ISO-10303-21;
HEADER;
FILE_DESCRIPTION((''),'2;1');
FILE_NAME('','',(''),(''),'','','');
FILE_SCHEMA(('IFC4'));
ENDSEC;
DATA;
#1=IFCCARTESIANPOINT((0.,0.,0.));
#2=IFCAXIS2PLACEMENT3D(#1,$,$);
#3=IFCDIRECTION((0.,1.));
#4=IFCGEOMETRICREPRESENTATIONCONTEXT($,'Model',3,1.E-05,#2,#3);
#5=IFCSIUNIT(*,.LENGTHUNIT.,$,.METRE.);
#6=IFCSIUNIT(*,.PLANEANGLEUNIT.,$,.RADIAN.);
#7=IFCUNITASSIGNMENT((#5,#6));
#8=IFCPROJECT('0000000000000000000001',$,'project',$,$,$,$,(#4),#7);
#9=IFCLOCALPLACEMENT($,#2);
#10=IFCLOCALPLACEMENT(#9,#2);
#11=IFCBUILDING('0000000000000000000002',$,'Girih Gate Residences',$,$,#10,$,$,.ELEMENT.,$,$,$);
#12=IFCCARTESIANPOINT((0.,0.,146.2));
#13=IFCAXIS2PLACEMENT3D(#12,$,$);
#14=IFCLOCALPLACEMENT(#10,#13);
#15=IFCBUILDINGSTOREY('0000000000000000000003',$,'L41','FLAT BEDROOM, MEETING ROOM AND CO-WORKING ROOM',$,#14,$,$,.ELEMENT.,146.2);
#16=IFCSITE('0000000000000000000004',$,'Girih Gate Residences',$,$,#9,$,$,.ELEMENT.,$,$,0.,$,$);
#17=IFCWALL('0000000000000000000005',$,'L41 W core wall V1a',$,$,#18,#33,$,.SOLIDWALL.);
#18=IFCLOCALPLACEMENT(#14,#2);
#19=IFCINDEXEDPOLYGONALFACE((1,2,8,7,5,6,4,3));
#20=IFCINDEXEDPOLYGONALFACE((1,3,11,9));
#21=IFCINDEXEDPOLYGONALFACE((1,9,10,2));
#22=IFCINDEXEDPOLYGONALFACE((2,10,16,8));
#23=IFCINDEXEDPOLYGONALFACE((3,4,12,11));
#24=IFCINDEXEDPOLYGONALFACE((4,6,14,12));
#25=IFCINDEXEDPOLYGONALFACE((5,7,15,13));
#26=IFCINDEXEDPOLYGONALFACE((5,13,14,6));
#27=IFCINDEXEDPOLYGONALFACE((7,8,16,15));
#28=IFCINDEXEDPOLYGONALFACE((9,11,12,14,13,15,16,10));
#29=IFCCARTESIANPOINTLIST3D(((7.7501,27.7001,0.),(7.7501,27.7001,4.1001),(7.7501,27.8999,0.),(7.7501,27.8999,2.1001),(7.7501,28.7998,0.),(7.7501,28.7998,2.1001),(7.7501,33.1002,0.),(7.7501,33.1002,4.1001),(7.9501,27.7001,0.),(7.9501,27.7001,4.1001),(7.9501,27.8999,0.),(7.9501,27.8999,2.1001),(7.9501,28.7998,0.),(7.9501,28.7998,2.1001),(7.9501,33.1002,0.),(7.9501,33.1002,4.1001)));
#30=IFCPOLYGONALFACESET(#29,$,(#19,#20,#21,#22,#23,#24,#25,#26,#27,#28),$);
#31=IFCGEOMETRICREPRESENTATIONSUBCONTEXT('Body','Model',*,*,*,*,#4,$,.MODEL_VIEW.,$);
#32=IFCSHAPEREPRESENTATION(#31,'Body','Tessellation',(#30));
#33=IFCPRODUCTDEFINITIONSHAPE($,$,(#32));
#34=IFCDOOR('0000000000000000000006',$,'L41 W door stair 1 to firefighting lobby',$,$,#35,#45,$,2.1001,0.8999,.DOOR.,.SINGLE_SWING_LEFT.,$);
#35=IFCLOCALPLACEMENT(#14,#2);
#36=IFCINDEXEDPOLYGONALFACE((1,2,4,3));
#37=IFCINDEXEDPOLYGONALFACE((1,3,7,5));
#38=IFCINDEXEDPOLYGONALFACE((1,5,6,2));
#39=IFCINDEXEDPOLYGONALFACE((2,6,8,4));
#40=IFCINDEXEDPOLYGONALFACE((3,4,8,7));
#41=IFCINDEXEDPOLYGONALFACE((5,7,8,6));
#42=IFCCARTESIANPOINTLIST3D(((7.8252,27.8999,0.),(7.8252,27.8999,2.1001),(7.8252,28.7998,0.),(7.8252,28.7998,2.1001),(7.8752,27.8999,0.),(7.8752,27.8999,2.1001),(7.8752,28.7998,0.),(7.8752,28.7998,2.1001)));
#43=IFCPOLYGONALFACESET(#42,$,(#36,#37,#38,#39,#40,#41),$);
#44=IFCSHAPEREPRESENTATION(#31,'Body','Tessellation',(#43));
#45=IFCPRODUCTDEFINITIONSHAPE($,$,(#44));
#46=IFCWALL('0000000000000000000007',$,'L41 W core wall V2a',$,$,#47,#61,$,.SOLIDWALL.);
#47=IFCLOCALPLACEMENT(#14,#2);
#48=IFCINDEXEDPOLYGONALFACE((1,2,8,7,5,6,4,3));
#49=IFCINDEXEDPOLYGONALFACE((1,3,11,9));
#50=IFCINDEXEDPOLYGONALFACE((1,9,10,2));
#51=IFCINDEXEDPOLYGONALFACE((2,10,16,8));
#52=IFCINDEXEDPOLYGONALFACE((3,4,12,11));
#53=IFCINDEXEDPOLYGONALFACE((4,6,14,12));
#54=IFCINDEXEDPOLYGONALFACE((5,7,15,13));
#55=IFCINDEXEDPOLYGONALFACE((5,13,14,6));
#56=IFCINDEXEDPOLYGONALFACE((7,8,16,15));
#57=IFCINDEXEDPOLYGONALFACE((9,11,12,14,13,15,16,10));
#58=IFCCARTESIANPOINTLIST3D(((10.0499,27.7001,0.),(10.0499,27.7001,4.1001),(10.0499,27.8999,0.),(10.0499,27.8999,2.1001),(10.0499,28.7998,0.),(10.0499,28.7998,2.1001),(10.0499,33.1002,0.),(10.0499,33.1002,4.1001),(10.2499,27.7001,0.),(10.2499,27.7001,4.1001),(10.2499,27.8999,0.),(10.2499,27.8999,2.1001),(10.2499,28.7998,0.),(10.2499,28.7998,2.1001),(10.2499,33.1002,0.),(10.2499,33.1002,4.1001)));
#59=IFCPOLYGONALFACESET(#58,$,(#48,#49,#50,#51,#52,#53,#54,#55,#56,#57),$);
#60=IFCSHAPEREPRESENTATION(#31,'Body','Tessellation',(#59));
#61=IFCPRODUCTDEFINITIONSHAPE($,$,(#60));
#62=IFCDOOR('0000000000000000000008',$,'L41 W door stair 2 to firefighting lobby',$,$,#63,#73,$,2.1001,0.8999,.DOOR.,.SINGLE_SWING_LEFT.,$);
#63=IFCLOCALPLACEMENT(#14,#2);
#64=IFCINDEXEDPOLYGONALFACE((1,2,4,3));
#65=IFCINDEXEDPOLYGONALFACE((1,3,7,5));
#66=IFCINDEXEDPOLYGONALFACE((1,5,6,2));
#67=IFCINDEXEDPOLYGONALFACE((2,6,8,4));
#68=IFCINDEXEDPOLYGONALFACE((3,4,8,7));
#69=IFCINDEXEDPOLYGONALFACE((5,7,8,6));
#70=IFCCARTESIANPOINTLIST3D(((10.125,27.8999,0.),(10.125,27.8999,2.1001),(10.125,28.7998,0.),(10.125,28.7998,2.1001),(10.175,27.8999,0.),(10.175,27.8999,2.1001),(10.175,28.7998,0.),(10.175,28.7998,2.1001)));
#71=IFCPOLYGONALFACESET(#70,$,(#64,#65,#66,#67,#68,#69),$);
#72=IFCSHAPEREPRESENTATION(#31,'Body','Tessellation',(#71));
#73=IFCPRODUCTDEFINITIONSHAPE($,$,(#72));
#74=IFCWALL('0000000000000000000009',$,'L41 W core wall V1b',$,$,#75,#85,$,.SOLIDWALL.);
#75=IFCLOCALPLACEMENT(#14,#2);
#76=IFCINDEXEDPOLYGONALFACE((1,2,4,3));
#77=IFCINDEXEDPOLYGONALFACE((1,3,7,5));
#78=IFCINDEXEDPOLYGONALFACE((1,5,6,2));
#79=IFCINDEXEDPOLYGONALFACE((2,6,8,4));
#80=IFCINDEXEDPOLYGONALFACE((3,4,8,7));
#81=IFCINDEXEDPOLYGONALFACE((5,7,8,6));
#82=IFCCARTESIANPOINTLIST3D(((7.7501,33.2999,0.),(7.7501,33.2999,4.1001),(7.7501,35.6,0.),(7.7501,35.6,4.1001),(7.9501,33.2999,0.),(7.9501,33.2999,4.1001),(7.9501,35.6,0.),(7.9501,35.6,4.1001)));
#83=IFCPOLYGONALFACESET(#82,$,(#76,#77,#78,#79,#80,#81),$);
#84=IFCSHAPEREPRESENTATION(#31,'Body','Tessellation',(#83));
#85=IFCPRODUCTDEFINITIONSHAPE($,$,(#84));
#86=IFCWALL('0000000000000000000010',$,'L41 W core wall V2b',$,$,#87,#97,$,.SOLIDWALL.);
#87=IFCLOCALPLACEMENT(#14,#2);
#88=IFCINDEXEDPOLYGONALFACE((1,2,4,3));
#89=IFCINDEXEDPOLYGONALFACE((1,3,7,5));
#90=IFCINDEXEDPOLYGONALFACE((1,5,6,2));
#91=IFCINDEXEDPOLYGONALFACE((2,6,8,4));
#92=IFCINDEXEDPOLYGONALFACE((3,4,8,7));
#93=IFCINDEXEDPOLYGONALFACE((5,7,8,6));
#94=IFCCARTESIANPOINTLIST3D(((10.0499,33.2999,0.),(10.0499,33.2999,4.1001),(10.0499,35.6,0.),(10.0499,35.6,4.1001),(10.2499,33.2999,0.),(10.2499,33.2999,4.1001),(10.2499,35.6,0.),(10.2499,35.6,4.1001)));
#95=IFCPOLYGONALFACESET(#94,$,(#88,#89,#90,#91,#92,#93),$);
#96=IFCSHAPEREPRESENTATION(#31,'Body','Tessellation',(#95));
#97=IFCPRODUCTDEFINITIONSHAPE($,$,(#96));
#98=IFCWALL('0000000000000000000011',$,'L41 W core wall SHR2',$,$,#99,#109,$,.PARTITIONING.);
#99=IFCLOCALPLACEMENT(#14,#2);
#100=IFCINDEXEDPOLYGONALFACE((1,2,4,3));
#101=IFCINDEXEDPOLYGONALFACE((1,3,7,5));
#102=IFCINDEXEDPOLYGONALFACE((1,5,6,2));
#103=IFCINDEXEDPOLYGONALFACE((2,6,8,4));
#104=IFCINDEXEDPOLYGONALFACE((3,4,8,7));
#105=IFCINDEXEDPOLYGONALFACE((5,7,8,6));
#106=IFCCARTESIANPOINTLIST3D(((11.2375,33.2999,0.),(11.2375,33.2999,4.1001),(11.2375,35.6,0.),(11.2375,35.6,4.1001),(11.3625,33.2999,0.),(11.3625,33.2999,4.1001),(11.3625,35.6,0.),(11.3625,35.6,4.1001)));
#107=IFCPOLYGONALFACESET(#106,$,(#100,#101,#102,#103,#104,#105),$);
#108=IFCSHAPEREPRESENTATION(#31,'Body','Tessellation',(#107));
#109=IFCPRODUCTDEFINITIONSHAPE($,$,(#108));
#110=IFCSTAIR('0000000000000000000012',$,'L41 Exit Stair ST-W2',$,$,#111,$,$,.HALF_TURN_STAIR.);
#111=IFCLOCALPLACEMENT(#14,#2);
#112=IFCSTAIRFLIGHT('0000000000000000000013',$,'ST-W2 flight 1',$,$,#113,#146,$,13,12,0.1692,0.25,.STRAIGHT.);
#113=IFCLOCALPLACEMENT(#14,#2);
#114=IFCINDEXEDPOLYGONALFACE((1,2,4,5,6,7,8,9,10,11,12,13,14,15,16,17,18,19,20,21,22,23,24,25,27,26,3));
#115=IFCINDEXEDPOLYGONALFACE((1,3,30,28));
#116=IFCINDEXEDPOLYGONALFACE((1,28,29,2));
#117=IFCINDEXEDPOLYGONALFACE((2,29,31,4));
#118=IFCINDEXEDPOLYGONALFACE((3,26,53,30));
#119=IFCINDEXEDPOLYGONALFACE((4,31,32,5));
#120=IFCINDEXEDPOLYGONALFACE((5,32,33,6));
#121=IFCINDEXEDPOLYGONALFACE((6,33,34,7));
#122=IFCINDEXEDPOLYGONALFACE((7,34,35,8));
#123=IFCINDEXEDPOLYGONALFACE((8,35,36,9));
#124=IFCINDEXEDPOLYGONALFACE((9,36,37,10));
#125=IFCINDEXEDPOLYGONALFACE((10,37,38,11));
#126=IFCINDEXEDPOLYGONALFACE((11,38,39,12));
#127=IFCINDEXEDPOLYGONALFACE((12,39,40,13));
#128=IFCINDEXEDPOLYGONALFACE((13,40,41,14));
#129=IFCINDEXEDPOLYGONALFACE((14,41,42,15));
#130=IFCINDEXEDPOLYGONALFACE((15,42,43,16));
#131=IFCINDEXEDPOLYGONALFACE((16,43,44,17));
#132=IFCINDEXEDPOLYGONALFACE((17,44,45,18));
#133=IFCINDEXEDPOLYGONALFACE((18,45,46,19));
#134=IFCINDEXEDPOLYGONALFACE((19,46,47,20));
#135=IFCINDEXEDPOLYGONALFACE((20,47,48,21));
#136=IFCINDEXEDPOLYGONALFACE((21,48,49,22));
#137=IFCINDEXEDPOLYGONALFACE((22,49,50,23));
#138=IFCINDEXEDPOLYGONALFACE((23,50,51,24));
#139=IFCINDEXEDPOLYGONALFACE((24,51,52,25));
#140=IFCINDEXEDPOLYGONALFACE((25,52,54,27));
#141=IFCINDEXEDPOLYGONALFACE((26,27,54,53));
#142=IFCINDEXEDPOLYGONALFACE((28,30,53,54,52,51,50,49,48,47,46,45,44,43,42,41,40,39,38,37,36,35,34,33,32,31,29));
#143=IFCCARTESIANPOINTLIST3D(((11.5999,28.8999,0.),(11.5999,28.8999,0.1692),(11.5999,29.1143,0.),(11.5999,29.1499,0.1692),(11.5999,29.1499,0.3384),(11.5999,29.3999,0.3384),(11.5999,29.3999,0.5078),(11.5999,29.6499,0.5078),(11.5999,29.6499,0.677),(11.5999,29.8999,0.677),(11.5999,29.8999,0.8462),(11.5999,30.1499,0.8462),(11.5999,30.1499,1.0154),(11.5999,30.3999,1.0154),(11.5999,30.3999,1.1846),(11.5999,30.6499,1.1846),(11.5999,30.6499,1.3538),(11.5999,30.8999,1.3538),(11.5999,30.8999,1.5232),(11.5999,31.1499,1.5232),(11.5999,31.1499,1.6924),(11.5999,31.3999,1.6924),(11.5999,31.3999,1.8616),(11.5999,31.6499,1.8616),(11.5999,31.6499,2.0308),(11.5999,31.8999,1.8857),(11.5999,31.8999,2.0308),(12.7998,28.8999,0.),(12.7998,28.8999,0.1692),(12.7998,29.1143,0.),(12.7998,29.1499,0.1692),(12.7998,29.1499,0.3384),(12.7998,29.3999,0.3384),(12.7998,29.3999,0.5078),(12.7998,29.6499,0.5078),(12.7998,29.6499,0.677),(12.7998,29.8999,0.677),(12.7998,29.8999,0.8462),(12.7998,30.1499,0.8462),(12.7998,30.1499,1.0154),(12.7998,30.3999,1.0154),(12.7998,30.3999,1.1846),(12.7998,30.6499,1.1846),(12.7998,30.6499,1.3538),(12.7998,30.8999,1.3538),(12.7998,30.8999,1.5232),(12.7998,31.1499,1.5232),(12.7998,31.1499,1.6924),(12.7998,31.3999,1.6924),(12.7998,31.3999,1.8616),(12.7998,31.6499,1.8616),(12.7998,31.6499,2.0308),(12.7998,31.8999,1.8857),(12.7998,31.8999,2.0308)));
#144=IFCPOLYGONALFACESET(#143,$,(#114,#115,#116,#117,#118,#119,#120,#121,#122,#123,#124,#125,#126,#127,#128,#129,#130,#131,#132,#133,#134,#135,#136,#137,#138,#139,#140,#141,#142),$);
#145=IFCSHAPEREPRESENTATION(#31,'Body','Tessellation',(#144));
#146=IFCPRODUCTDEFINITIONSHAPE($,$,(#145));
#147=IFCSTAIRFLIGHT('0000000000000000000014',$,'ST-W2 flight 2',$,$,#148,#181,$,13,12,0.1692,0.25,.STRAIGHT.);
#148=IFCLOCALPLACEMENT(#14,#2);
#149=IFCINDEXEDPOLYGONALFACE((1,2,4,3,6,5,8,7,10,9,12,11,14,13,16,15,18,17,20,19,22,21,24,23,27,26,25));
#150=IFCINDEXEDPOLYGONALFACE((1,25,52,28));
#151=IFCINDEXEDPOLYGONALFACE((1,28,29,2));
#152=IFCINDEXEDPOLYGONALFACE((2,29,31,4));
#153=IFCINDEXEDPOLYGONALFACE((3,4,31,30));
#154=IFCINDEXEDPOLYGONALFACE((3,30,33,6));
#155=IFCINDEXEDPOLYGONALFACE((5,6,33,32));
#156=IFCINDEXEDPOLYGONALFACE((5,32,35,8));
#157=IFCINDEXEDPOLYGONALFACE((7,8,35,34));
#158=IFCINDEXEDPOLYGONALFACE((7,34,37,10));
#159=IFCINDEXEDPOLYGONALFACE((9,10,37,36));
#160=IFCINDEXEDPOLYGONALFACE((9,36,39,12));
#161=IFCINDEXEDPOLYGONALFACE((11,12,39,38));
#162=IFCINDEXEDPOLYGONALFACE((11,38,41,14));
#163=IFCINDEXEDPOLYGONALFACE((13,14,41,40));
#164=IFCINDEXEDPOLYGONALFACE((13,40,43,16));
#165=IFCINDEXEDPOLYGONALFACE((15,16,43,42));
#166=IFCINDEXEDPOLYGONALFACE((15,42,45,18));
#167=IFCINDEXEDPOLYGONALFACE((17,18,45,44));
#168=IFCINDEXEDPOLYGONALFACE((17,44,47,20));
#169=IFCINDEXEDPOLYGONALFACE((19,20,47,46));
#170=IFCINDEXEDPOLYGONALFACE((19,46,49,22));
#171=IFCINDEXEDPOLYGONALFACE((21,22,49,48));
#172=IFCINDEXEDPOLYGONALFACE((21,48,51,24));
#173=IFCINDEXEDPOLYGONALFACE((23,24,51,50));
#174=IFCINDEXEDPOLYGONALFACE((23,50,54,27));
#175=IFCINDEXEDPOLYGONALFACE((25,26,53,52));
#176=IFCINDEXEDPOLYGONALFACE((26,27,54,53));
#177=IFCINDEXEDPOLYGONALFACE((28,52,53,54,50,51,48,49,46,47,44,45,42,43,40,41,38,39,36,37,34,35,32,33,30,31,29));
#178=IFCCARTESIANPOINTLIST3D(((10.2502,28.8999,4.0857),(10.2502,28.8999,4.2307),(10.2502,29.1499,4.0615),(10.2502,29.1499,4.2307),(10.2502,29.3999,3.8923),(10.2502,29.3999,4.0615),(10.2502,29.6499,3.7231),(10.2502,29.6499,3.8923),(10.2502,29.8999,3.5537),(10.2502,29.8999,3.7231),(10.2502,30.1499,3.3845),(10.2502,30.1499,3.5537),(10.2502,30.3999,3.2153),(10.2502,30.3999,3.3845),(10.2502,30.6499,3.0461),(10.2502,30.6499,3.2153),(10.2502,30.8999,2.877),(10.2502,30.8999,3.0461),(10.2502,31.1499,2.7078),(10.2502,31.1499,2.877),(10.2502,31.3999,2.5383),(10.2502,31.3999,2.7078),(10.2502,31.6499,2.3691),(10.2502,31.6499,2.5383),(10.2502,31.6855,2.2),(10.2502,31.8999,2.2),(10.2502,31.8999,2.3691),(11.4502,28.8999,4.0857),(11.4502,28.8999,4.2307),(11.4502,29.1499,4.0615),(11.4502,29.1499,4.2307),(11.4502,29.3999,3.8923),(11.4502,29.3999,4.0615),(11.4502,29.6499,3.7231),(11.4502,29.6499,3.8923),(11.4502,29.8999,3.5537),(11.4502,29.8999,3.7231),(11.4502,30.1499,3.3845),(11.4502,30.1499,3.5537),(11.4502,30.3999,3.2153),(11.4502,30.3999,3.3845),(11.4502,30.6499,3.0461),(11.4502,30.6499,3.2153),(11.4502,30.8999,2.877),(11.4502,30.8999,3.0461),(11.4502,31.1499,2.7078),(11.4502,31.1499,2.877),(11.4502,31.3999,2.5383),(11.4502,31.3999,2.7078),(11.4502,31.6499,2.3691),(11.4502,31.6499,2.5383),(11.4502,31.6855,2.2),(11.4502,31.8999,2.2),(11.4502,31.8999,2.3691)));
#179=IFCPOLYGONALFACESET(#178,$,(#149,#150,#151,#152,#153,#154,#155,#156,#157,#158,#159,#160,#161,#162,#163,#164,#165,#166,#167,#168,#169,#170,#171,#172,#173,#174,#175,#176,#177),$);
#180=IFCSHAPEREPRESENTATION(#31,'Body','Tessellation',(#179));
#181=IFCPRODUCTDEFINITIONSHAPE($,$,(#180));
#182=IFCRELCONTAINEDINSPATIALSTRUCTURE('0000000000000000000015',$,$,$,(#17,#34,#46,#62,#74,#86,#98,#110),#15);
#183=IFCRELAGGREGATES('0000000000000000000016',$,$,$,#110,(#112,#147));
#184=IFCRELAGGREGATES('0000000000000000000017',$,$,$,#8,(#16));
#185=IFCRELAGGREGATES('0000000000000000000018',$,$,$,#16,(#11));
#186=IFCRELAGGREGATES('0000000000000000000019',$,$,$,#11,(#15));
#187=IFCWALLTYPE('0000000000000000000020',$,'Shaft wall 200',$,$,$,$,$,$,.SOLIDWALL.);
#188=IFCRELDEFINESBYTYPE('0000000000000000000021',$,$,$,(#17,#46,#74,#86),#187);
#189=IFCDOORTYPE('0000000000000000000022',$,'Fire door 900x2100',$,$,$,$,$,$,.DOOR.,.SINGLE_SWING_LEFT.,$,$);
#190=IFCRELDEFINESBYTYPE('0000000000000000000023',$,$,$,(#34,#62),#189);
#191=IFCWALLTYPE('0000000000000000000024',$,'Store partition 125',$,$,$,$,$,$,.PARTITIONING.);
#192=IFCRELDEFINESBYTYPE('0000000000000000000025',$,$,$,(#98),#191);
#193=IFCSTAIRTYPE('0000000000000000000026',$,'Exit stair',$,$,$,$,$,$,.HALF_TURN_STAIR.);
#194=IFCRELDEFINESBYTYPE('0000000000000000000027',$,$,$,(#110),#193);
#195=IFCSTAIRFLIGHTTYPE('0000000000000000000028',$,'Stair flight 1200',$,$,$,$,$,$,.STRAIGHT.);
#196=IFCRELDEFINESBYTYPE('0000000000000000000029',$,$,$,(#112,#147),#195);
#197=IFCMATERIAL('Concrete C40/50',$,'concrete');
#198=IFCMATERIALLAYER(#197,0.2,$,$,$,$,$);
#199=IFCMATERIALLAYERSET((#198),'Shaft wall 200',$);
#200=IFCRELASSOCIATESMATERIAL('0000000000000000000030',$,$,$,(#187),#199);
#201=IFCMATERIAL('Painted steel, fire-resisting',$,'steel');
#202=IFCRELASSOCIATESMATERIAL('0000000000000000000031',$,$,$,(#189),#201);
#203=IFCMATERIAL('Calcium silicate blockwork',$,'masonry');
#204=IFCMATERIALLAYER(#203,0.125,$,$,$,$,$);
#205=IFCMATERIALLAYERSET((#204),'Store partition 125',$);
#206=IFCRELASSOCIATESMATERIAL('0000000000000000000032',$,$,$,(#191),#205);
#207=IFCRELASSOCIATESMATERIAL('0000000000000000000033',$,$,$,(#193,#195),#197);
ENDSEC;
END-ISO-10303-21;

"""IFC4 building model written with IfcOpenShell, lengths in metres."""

from ifc_helpers import new_model, si_unit, direction, frame, frame_2d, origin, place, context, subcontext, project, spatial, polyline, rectangle, outline, extrude, material, layer, layer_set, type_object, element, fill, aggregate, save


model = new_model("IFC4")

# Units and contexts
model_context = context("Model", 3, precision=1e-05, world=origin(), true_north=direction((0.0, 1.0)))
body_context = subcontext(model_context, "Body", "Model", "MODEL_VIEW")
ifc_project = project(units=[si_unit("LENGTHUNIT", "METRE"), si_unit("PLANEANGLEUNIT", "RADIAN")], contexts=[model_context])

# Site, building, storey
site_placement = place(None, origin())
site = spatial("IfcSite", under=ifc_project, at=site_placement, Name="Girih Gate Residences", CompositionType="ELEMENT", RefElevation=0.0)
building_placement = place(site_placement, origin())
building = spatial("IfcBuilding", under=site, at=building_placement, Name="Girih Gate Residences", CompositionType="ELEMENT")
storey_placement = place(building_placement, frame((0.0, 0.0, 146.2)))
storey = spatial("IfcBuildingStorey", under=building, at=storey_placement, Name="L41", Description="FLAT BEDROOM, MEETING ROOM AND CO-WORKING ROOM", CompositionType="ELEMENT", Elevation=146.2)

# Shared definitions
ifc_material_1 = material(Name="Painted steel, fire-resisting", Category="steel")

# Walls, openings, doors
ifc_material_2 = material(Name="Concrete C40/50", Category="concrete")
ifc_layer_1 = layer(ifc_material_2, 0.2)
ifc_layer_set_1 = layer_set([ifc_layer_1], Name="Shaft wall 200")
wall_type_1 = type_object("IfcWallType", Name="Shaft wall 200", PredefinedType="SOLIDWALL", material=ifc_layer_set_1)
wall_1_placement = place(storey_placement, frame((7.8501, 27.7, 0.0), z_axis=(0.0, 0.0, 1.0), x_axis=(0.0, 1.0, 0.0)))
wall_1 = element("IfcWall", 1, at=wall_1_placement, inside=storey, type_object=wall_type_1, Name="L41 W core wall V1a", PredefinedType="SOLIDWALL", context=body_context, shape_type="SweptSolid", body=[
    extrude(rectangle(XDim=5.4001, YDim=0.2, at=frame_2d((2.7002, 0.0))), origin(), (0.0, 0.0, 1.0), 4.1001),
])
opening_1_placement = place(wall_1_placement, frame((0.2, 0.0, 0.0)))
opening_1 = element("IfcOpeningElement", 2, at=opening_1_placement, cuts=wall_1, PredefinedType="OPENING", context=body_context, shape_type="SweptSolid", body=[
    extrude(rectangle(XDim=0.8999, YDim=2.1001, at=frame_2d((0.45, 1.05))), frame((0.0, 0.1099, 0.0), z_axis=(0.0, -1.0, 0.0), x_axis=(1.0, 0.0, 0.0)), (0.0, 0.0, 1.0), 0.22),
])
door_type_1 = type_object("IfcDoorType", Name="Fire door 900x2100", OperationType="SINGLE_SWING_LEFT", PredefinedType="DOOR", material=ifc_material_1)
door_1_placement = place(opening_1_placement, origin())
door_1 = element("IfcDoor", 3, at=door_1_placement, inside=storey, type_object=door_type_1, Name="L41 W door stair 1 to firefighting lobby", OperationType="SINGLE_SWING_LEFT", OverallHeight=2.1001, OverallWidth=0.8999, PredefinedType="DOOR", context=body_context, shape_type="SweptSolid", body=[
    extrude(rectangle(XDim=0.8999, YDim=2.1001, at=frame_2d((0.45, 1.05))), frame((0.0, 0.0249, 0.0), z_axis=(0.0, -1.0, 0.0), x_axis=(1.0, 0.0, 0.0)), (0.0, 0.0, 1.0), 0.05),
])
fill(opening_1, door_1)
wall_2_placement = place(storey_placement, frame((10.1499, 27.7, 0.0), z_axis=(0.0, 0.0, 1.0), x_axis=(0.0, 1.0, 0.0)))
wall_2 = element("IfcWall", 4, at=wall_2_placement, inside=storey, type_object=wall_type_1, Name="L41 W core wall V2a", PredefinedType="SOLIDWALL", context=body_context, shape_type="SweptSolid", body=[
    extrude(rectangle(XDim=5.4001, YDim=0.2, at=frame_2d((2.7002, 0.0))), origin(), (0.0, 0.0, 1.0), 4.1001),
])
opening_2_placement = place(wall_2_placement, frame((0.2, 0.0, 0.0)))
opening_2 = element("IfcOpeningElement", 5, at=opening_2_placement, cuts=wall_2, PredefinedType="OPENING", context=body_context, shape_type="SweptSolid", body=[
    extrude(rectangle(XDim=0.8999, YDim=2.1001, at=frame_2d((0.45, 1.05))), frame((0.0, 0.1099, 0.0), z_axis=(0.0, -1.0, 0.0), x_axis=(1.0, 0.0, 0.0)), (0.0, 0.0, 1.0), 0.22),
])
door_2_placement = place(opening_2_placement, origin())
door_2 = element("IfcDoor", 6, at=door_2_placement, inside=storey, type_object=door_type_1, Name="L41 W door stair 2 to firefighting lobby", OperationType="SINGLE_SWING_LEFT", OverallHeight=2.1001, OverallWidth=0.8999, PredefinedType="DOOR", context=body_context, shape_type="SweptSolid", body=[
    extrude(rectangle(XDim=0.8999, YDim=2.1001, at=frame_2d((0.45, 1.05))), frame((0.0, 0.0249, 0.0), z_axis=(0.0, -1.0, 0.0), x_axis=(1.0, 0.0, 0.0)), (0.0, 0.0, 1.0), 0.05),
])
fill(opening_2, door_2)

# Walls
for number, where, z_axis, x_axis, name in (
    (7, (7.8501, 33.3, 0.0), (0.0, 0.0, 1.0), (0.0, 1.0, 0.0), "L41 W core wall V1b"),
    (8, (10.1499, 33.3, 0.0), (0.0, 0.0, 1.0), (0.0, 1.0, 0.0), "L41 W core wall V2b"),
):
    element("IfcWall", number, at=place(storey_placement, frame(where, z_axis=z_axis, x_axis=x_axis)), inside=storey, type_object=wall_type_1, Name=name, PredefinedType="SOLIDWALL", context=body_context, shape_type="SweptSolid", body=[
        extrude(rectangle(XDim=2.3, YDim=0.2, at=frame_2d((1.1499, 0.0))), origin(), (0.0, 0.0, 1.0), 4.1001),
    ])
ifc_material_3 = material(Name="Calcium silicate blockwork", Category="masonry")
ifc_layer_2 = layer(ifc_material_3, 0.125)
ifc_layer_set_2 = layer_set([ifc_layer_2], Name="Store partition 125")
wall_type_2 = type_object("IfcWallType", Name="Store partition 125", PredefinedType="PARTITIONING", material=ifc_layer_set_2)
wall_3_placement = place(storey_placement, frame((11.3, 33.3, 0.0), z_axis=(0.0, 0.0, 1.0), x_axis=(0.0, 1.0, 0.0)))
element("IfcWall", 9, at=wall_3_placement, inside=storey, type_object=wall_type_2, Name="L41 W core wall SHR2", PredefinedType="PARTITIONING", context=body_context, shape_type="SweptSolid", body=[
    extrude(rectangle(XDim=2.3, YDim=0.125, at=frame_2d((1.1499, 0.0))), origin(), (0.0, 0.0, 1.0), 4.1001),
])

# Stair, stair flights
stair_type = type_object("IfcStairType", Name="Exit stair", PredefinedType="HALF_TURN_STAIR", material=ifc_material_2)
stair_placement = place(storey_placement, origin())
stair = element("IfcStair", 10, at=stair_placement, inside=storey, type_object=stair_type, Name="L41 Exit Stair ST-W2", PredefinedType="HALF_TURN_STAIR")
stair_flight_type = type_object("IfcStairFlightType", Name="Stair flight 1200", PredefinedType="STRAIGHT", material=ifc_material_2)
stair_flight_1_placement = place(storey_placement, frame((12.2, 28.8999, 0.0), z_axis=(0.0, 0.0, 1.0), x_axis=(0.0, 1.0, 0.0)))
stair_flight_1 = element("IfcStairFlight", 11, at=stair_flight_1_placement, type_object=stair_flight_type, Name="ST-W2 flight 1", NumberOfRisers=13, NumberOfTreads=12, PredefinedType="STRAIGHT", RiserHeight=0.1692, TreadLength=0.25, context=body_context, shape_type="SweptSolid", body=[
    extrude(outline(polyline([(0.0, 0.0), (0.0, 0.1692), (0.25, 0.1692), (0.25, 0.3384), (0.5, 0.3384), (0.5, 0.5078), (0.75, 0.5078), (0.75, 0.677), (1.0, 0.677), (1.0, 0.8462), (1.25, 0.8462), (1.25, 1.0154), (1.5, 1.0154), (1.5, 1.1846), (1.75, 1.1846), (1.75, 1.3538), (2.0, 1.3538), (2.0, 1.5232), (2.25, 1.5232), (2.25, 1.6924), (2.5, 1.6924), (2.5, 1.8616), (2.75, 1.8616), (2.75, 2.0308), (3.0, 2.0308), (3.0, 2.2), (3.0, 1.8857), (0.2144, 0.0), (0.0, 0.0)])), frame((0.0, 0.6001, 0.0), z_axis=(0.0, -1.0, 0.0), x_axis=(1.0, 0.0, 0.0)), (0.0, 0.0, 1.0), 1.2),
])
stair_flight_2_placement = place(storey_placement, frame((10.8501, 31.8999, 2.2), z_axis=(0.0, 0.0, 1.0), x_axis=(0.0, -1.0, 0.0)))
stair_flight_2 = element("IfcStairFlight", 12, at=stair_flight_2_placement, type_object=stair_flight_type, Name="ST-W2 flight 2", NumberOfRisers=13, NumberOfTreads=12, PredefinedType="STRAIGHT", RiserHeight=0.1692, TreadLength=0.25, context=body_context, shape_type="SweptSolid", body=[
    extrude(outline(polyline([(0.0, 0.0), (0.0, 0.1692), (0.25, 0.1692), (0.25, 0.3384), (0.5, 0.3384), (0.5, 0.5078), (0.75, 0.5078), (0.75, 0.677), (1.0, 0.677), (1.0, 0.8462), (1.25, 0.8462), (1.25, 1.0154), (1.5, 1.0154), (1.5, 1.1846), (1.75, 1.1846), (1.75, 1.3538), (2.0, 1.3538), (2.0, 1.5232), (2.25, 1.5232), (2.25, 1.6924), (2.5, 1.6924), (2.5, 1.8616), (2.75, 1.8616), (2.75, 2.0308), (3.0, 2.0308), (3.0, 2.2), (3.0, 1.8857), (0.2144, 0.0), (0.0, 0.0)])), frame((0.0, 0.6001, 0.0), z_axis=(0.0, -1.0, 0.0), x_axis=(1.0, 0.0, 0.0)), (0.0, 0.0, 1.0), 1.2),
])
aggregate(stair, [stair_flight_1, stair_flight_2])

save(model, "model.ifc")
